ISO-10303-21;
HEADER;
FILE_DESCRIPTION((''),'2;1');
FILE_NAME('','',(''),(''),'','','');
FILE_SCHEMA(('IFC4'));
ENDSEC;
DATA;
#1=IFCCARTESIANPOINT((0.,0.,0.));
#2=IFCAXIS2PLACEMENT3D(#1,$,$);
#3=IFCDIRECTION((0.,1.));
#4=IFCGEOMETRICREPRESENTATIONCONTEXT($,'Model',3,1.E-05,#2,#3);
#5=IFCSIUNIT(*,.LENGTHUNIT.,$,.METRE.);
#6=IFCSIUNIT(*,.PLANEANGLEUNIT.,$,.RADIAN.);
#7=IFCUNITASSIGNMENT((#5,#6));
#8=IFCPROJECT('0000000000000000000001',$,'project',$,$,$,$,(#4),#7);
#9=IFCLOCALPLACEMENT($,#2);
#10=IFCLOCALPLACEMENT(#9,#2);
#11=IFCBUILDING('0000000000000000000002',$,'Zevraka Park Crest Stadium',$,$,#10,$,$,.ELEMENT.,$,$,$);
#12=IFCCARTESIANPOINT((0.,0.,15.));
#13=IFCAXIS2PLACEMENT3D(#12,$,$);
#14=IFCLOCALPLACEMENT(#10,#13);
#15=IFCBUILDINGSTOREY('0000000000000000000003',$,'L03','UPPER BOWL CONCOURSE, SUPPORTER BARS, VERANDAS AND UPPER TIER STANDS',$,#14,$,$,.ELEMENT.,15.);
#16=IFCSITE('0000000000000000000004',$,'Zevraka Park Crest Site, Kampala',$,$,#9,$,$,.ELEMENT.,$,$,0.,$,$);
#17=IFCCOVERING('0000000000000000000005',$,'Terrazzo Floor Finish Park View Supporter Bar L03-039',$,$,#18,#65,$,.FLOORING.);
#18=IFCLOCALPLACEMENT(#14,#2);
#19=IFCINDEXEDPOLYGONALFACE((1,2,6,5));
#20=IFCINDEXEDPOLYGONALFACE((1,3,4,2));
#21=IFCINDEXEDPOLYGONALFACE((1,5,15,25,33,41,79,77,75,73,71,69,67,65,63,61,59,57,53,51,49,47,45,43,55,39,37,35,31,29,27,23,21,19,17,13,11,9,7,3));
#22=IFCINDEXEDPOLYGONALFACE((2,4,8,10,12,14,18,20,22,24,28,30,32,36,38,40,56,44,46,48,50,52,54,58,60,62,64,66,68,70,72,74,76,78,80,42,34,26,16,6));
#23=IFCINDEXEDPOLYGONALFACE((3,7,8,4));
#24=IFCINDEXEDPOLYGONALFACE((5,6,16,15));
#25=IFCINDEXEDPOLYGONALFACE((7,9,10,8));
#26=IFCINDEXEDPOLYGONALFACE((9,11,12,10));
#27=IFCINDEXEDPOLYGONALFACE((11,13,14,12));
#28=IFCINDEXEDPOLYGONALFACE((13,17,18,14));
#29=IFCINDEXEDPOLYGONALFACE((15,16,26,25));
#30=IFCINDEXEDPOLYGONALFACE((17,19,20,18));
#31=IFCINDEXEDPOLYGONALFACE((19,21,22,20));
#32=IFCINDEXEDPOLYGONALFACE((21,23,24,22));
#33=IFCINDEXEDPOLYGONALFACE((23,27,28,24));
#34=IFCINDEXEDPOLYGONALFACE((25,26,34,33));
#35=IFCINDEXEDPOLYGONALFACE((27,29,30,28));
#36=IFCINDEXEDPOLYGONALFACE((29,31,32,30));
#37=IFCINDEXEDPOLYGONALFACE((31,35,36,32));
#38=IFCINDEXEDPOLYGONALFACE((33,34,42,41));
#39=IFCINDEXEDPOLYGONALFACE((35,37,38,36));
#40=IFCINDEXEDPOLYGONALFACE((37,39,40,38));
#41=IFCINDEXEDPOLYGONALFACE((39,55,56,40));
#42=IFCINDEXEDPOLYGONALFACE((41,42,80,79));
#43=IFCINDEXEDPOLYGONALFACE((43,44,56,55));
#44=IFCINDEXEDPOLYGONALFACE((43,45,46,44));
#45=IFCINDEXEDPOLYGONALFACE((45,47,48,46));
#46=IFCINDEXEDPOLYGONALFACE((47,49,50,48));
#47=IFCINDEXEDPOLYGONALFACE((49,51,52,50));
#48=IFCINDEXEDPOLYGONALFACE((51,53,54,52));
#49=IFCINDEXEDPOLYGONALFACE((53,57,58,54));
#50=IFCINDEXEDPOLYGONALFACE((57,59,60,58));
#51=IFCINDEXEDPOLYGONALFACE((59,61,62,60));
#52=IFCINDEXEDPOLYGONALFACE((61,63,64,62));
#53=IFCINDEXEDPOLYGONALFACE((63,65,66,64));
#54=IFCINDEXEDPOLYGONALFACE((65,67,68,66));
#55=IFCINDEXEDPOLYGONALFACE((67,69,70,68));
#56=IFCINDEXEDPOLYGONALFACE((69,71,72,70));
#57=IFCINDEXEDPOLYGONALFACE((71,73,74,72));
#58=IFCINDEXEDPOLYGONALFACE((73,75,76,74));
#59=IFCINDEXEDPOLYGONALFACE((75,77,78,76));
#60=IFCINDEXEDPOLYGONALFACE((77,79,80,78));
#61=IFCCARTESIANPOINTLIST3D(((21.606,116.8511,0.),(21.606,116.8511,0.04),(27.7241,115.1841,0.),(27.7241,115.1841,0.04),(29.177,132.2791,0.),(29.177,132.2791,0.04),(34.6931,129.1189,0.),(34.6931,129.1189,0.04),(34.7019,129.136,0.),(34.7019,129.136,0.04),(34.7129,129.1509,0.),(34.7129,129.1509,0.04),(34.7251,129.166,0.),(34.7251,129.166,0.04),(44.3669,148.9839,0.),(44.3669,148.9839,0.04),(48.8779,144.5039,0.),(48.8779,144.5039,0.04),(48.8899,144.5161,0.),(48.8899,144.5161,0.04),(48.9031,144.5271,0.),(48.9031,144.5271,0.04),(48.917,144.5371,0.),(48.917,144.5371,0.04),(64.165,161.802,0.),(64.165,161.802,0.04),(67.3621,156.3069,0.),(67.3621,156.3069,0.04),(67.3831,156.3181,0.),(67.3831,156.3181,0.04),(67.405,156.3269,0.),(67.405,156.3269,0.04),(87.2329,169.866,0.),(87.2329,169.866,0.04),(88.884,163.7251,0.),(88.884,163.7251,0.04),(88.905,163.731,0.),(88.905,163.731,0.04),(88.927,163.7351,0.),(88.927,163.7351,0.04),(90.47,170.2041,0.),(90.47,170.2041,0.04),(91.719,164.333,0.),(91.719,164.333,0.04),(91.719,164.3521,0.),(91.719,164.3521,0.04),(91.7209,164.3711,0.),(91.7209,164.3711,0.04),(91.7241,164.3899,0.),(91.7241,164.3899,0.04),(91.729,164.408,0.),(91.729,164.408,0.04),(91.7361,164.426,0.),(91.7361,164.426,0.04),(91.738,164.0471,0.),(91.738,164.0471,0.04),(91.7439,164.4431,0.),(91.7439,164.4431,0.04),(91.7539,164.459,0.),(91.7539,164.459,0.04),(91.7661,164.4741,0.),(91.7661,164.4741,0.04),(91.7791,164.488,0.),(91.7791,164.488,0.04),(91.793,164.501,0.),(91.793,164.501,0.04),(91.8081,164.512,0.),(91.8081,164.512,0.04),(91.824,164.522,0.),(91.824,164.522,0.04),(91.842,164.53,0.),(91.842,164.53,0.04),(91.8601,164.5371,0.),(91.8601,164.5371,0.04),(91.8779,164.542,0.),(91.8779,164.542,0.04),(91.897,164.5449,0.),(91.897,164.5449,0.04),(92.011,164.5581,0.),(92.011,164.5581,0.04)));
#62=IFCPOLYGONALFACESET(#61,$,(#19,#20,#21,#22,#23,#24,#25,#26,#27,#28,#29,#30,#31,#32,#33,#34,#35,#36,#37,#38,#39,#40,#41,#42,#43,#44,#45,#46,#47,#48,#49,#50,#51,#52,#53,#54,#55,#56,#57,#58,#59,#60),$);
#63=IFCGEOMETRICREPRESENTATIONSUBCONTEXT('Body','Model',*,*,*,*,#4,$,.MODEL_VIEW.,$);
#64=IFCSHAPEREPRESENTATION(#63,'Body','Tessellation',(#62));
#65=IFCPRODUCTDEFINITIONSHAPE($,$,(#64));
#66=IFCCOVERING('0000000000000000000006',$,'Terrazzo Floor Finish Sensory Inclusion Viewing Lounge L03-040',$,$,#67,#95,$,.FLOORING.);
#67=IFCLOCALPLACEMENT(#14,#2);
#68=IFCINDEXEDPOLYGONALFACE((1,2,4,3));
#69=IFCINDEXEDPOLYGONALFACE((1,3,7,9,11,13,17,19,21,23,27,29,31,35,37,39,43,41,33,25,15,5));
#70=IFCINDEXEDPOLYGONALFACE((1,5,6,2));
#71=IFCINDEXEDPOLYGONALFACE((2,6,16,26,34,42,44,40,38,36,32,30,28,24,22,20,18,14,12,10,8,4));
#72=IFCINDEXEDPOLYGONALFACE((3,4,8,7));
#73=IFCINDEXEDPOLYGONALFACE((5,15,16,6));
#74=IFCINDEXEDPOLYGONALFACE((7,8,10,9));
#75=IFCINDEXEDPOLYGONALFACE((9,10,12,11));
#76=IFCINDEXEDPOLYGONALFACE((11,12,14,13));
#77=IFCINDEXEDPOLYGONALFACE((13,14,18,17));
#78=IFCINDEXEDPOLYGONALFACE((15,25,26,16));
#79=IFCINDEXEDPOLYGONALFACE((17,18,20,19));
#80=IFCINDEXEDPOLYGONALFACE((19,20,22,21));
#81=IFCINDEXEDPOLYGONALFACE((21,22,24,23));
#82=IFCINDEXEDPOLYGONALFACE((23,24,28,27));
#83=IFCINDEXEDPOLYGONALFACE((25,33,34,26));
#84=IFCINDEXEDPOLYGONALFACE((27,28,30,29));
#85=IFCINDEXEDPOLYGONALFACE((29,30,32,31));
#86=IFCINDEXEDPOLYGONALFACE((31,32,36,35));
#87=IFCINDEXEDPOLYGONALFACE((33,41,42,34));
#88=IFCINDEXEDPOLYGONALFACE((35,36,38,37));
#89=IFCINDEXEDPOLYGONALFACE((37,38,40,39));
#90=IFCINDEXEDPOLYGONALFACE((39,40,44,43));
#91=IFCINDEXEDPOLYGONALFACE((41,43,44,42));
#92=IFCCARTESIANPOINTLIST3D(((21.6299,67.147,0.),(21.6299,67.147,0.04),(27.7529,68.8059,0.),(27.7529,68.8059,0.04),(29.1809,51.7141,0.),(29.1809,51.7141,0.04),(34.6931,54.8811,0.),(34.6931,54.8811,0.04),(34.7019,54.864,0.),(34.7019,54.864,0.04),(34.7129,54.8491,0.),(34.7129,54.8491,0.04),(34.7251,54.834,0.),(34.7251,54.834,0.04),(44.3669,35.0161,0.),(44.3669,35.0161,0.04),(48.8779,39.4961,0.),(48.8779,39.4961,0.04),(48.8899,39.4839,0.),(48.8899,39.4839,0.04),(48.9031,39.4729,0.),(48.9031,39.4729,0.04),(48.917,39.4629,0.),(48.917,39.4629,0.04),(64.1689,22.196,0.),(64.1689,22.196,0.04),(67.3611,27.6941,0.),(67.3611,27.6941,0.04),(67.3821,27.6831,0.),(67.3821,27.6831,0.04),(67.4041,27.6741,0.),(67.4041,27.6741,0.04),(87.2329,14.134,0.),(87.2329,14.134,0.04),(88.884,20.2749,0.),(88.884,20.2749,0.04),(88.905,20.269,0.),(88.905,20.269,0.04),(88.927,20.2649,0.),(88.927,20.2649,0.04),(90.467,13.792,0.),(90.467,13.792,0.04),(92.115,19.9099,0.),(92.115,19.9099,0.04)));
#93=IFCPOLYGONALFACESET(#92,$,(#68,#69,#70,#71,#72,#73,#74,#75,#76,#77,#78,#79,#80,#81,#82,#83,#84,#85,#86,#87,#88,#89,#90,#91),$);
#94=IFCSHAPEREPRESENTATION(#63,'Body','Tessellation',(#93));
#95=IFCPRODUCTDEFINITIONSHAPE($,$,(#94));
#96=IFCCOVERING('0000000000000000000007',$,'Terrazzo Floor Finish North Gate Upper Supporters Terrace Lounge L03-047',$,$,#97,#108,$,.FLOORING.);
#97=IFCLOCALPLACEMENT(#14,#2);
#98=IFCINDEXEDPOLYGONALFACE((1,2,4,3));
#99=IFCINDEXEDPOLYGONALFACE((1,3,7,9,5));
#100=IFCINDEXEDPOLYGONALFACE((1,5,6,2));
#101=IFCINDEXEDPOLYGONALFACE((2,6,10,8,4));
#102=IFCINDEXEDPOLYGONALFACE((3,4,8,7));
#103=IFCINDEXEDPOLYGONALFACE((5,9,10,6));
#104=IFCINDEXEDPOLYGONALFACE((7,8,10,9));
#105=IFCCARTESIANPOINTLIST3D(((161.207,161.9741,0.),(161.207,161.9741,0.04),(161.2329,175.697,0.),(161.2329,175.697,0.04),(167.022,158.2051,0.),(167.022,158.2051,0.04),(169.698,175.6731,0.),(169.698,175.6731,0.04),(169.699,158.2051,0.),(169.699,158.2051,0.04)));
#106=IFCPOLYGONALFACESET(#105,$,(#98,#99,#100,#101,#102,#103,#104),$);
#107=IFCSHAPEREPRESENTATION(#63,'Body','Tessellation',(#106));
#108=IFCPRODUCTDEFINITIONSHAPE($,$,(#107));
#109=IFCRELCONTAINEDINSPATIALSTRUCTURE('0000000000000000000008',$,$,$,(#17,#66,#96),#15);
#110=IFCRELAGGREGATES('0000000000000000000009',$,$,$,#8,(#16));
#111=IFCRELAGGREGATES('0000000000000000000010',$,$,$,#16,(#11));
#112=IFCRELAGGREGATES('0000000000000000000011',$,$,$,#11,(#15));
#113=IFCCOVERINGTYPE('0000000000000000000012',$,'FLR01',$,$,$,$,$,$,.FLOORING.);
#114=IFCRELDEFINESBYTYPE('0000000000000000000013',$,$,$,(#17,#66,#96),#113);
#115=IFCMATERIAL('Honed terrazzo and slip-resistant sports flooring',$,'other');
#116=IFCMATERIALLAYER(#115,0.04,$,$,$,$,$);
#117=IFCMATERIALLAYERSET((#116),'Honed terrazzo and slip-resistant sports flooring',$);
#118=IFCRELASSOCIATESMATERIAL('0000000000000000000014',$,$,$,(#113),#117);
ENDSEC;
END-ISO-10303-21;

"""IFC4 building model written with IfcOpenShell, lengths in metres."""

from ifc_helpers import new_model, si_unit, direction, frame, origin, place, context, subcontext, project, spatial, polyline, outline, extrude, material, layer, layer_set, type_object, element, save


model = new_model("IFC4")

# Units and contexts
model_context = context("Model", 3, precision=1e-05, world=origin(), true_north=direction((0.0, 1.0)))
body_context = subcontext(model_context, "Body", "Model", "MODEL_VIEW")
ifc_project = project(units=[si_unit("LENGTHUNIT", "METRE"), si_unit("PLANEANGLEUNIT", "RADIAN")], contexts=[model_context])

# Site, building, storey
site_placement = place(None, origin())
site = spatial("IfcSite", under=ifc_project, at=site_placement, Name="Zevraka Park Crest Site, Kampala", CompositionType="ELEMENT", RefElevation=0.0)
building_placement = place(site_placement, origin())
building = spatial("IfcBuilding", under=site, at=building_placement, Name="Zevraka Park Crest Stadium", CompositionType="ELEMENT")
storey_placement = place(building_placement, frame((0.0, 0.0, 15.0)))
storey = spatial("IfcBuildingStorey", under=building, at=storey_placement, Name="L03", Description="UPPER BOWL CONCOURSE, SUPPORTER BARS, VERANDAS AND UPPER TIER STANDS", CompositionType="ELEMENT", Elevation=15.0)

# Coverings
ifc_material_1 = material(Name="Honed terrazzo and slip-resistant sports flooring", Category="other")
ifc_layer_1 = layer(ifc_material_1, 0.04)
ifc_layer_set_1 = layer_set([ifc_layer_1], Name="Honed terrazzo and slip-resistant sports flooring")
covering_type_1 = type_object("IfcCoveringType", Name="FLR01", PredefinedType="FLOORING", material=ifc_layer_set_1)
covering_1_placement = place(storey_placement, origin())
element("IfcCovering", 1, at=covering_1_placement, inside=storey, type_object=covering_type_1, Name="Terrazzo Floor Finish Park View Supporter Bar L03-039", PredefinedType="FLOORING", context=body_context, shape_type="SweptSolid", body=[
    extrude(outline(polyline([(21.606, 116.8511), (29.177, 132.2791), (44.3669, 148.9839), (64.165, 161.802), (87.2329, 169.866), (90.47, 170.2041), (92.011, 164.5581), (91.897, 164.5449), (91.8779, 164.542), (91.8601, 164.5371), (91.842, 164.53), (91.824, 164.522), (91.8081, 164.512), (91.793, 164.501), (91.7791, 164.488), (91.7661, 164.4741), (91.7539, 164.459), (91.7439, 164.4431), (91.7361, 164.426), (91.729, 164.408), (91.7241, 164.3899), (91.7209, 164.3711), (91.719, 164.3521), (91.719, 164.333), (91.738, 164.0471), (88.927, 163.7351), (88.905, 163.731), (88.884, 163.7251), (67.405, 156.3269), (67.3831, 156.3181), (67.3621, 156.3069), (48.917, 144.5371), (48.9031, 144.5271), (48.8899, 144.5161), (48.8779, 144.5039), (34.7251, 129.166), (34.7129, 129.1509), (34.7019, 129.136), (34.6931, 129.1189), (27.7241, 115.1841), (21.606, 116.8511)])), origin(), (0.0, 0.0, 1.0), 0.04),
])
covering_2_placement = place(storey_placement, origin())
element("IfcCovering", 2, at=covering_2_placement, inside=storey, type_object=covering_type_1, Name="Terrazzo Floor Finish Sensory Inclusion Viewing Lounge L03-040", PredefinedType="FLOORING", context=body_context, shape_type="SweptSolid", body=[
    extrude(outline(polyline([(34.6931, 54.8811), (34.7019, 54.864), (34.7129, 54.8491), (34.7251, 54.834), (48.8779, 39.4961), (48.8899, 39.4839), (48.9031, 39.4729), (48.917, 39.4629), (67.3611, 27.6941), (67.3821, 27.6831), (67.4041, 27.6741), (88.884, 20.2749), (88.905, 20.269), (88.927, 20.2649), (92.115, 19.9099), (90.467, 13.792), (87.2329, 14.134), (64.1689, 22.196), (44.3669, 35.0161), (29.1809, 51.7141), (21.6299, 67.147), (27.7529, 68.8059), (34.6931, 54.8811)])), origin(), (0.0, 0.0, 1.0), 0.04),
])
covering_3_placement = place(storey_placement, origin())
element("IfcCovering", 3, at=covering_3_placement, inside=storey, type_object=covering_type_1, Name="Terrazzo Floor Finish North Gate Upper Supporters Terrace Lounge L03-047", PredefinedType="FLOORING", context=body_context, shape_type="SweptSolid", body=[
    extrude(outline(polyline([(167.022, 158.2051), (161.207, 161.9741), (161.2329, 175.697), (169.698, 175.6731), (169.699, 158.2051), (167.022, 158.2051)])), origin(), (0.0, 0.0, 1.0), 0.04),
])

save(model, "model.ifc")
